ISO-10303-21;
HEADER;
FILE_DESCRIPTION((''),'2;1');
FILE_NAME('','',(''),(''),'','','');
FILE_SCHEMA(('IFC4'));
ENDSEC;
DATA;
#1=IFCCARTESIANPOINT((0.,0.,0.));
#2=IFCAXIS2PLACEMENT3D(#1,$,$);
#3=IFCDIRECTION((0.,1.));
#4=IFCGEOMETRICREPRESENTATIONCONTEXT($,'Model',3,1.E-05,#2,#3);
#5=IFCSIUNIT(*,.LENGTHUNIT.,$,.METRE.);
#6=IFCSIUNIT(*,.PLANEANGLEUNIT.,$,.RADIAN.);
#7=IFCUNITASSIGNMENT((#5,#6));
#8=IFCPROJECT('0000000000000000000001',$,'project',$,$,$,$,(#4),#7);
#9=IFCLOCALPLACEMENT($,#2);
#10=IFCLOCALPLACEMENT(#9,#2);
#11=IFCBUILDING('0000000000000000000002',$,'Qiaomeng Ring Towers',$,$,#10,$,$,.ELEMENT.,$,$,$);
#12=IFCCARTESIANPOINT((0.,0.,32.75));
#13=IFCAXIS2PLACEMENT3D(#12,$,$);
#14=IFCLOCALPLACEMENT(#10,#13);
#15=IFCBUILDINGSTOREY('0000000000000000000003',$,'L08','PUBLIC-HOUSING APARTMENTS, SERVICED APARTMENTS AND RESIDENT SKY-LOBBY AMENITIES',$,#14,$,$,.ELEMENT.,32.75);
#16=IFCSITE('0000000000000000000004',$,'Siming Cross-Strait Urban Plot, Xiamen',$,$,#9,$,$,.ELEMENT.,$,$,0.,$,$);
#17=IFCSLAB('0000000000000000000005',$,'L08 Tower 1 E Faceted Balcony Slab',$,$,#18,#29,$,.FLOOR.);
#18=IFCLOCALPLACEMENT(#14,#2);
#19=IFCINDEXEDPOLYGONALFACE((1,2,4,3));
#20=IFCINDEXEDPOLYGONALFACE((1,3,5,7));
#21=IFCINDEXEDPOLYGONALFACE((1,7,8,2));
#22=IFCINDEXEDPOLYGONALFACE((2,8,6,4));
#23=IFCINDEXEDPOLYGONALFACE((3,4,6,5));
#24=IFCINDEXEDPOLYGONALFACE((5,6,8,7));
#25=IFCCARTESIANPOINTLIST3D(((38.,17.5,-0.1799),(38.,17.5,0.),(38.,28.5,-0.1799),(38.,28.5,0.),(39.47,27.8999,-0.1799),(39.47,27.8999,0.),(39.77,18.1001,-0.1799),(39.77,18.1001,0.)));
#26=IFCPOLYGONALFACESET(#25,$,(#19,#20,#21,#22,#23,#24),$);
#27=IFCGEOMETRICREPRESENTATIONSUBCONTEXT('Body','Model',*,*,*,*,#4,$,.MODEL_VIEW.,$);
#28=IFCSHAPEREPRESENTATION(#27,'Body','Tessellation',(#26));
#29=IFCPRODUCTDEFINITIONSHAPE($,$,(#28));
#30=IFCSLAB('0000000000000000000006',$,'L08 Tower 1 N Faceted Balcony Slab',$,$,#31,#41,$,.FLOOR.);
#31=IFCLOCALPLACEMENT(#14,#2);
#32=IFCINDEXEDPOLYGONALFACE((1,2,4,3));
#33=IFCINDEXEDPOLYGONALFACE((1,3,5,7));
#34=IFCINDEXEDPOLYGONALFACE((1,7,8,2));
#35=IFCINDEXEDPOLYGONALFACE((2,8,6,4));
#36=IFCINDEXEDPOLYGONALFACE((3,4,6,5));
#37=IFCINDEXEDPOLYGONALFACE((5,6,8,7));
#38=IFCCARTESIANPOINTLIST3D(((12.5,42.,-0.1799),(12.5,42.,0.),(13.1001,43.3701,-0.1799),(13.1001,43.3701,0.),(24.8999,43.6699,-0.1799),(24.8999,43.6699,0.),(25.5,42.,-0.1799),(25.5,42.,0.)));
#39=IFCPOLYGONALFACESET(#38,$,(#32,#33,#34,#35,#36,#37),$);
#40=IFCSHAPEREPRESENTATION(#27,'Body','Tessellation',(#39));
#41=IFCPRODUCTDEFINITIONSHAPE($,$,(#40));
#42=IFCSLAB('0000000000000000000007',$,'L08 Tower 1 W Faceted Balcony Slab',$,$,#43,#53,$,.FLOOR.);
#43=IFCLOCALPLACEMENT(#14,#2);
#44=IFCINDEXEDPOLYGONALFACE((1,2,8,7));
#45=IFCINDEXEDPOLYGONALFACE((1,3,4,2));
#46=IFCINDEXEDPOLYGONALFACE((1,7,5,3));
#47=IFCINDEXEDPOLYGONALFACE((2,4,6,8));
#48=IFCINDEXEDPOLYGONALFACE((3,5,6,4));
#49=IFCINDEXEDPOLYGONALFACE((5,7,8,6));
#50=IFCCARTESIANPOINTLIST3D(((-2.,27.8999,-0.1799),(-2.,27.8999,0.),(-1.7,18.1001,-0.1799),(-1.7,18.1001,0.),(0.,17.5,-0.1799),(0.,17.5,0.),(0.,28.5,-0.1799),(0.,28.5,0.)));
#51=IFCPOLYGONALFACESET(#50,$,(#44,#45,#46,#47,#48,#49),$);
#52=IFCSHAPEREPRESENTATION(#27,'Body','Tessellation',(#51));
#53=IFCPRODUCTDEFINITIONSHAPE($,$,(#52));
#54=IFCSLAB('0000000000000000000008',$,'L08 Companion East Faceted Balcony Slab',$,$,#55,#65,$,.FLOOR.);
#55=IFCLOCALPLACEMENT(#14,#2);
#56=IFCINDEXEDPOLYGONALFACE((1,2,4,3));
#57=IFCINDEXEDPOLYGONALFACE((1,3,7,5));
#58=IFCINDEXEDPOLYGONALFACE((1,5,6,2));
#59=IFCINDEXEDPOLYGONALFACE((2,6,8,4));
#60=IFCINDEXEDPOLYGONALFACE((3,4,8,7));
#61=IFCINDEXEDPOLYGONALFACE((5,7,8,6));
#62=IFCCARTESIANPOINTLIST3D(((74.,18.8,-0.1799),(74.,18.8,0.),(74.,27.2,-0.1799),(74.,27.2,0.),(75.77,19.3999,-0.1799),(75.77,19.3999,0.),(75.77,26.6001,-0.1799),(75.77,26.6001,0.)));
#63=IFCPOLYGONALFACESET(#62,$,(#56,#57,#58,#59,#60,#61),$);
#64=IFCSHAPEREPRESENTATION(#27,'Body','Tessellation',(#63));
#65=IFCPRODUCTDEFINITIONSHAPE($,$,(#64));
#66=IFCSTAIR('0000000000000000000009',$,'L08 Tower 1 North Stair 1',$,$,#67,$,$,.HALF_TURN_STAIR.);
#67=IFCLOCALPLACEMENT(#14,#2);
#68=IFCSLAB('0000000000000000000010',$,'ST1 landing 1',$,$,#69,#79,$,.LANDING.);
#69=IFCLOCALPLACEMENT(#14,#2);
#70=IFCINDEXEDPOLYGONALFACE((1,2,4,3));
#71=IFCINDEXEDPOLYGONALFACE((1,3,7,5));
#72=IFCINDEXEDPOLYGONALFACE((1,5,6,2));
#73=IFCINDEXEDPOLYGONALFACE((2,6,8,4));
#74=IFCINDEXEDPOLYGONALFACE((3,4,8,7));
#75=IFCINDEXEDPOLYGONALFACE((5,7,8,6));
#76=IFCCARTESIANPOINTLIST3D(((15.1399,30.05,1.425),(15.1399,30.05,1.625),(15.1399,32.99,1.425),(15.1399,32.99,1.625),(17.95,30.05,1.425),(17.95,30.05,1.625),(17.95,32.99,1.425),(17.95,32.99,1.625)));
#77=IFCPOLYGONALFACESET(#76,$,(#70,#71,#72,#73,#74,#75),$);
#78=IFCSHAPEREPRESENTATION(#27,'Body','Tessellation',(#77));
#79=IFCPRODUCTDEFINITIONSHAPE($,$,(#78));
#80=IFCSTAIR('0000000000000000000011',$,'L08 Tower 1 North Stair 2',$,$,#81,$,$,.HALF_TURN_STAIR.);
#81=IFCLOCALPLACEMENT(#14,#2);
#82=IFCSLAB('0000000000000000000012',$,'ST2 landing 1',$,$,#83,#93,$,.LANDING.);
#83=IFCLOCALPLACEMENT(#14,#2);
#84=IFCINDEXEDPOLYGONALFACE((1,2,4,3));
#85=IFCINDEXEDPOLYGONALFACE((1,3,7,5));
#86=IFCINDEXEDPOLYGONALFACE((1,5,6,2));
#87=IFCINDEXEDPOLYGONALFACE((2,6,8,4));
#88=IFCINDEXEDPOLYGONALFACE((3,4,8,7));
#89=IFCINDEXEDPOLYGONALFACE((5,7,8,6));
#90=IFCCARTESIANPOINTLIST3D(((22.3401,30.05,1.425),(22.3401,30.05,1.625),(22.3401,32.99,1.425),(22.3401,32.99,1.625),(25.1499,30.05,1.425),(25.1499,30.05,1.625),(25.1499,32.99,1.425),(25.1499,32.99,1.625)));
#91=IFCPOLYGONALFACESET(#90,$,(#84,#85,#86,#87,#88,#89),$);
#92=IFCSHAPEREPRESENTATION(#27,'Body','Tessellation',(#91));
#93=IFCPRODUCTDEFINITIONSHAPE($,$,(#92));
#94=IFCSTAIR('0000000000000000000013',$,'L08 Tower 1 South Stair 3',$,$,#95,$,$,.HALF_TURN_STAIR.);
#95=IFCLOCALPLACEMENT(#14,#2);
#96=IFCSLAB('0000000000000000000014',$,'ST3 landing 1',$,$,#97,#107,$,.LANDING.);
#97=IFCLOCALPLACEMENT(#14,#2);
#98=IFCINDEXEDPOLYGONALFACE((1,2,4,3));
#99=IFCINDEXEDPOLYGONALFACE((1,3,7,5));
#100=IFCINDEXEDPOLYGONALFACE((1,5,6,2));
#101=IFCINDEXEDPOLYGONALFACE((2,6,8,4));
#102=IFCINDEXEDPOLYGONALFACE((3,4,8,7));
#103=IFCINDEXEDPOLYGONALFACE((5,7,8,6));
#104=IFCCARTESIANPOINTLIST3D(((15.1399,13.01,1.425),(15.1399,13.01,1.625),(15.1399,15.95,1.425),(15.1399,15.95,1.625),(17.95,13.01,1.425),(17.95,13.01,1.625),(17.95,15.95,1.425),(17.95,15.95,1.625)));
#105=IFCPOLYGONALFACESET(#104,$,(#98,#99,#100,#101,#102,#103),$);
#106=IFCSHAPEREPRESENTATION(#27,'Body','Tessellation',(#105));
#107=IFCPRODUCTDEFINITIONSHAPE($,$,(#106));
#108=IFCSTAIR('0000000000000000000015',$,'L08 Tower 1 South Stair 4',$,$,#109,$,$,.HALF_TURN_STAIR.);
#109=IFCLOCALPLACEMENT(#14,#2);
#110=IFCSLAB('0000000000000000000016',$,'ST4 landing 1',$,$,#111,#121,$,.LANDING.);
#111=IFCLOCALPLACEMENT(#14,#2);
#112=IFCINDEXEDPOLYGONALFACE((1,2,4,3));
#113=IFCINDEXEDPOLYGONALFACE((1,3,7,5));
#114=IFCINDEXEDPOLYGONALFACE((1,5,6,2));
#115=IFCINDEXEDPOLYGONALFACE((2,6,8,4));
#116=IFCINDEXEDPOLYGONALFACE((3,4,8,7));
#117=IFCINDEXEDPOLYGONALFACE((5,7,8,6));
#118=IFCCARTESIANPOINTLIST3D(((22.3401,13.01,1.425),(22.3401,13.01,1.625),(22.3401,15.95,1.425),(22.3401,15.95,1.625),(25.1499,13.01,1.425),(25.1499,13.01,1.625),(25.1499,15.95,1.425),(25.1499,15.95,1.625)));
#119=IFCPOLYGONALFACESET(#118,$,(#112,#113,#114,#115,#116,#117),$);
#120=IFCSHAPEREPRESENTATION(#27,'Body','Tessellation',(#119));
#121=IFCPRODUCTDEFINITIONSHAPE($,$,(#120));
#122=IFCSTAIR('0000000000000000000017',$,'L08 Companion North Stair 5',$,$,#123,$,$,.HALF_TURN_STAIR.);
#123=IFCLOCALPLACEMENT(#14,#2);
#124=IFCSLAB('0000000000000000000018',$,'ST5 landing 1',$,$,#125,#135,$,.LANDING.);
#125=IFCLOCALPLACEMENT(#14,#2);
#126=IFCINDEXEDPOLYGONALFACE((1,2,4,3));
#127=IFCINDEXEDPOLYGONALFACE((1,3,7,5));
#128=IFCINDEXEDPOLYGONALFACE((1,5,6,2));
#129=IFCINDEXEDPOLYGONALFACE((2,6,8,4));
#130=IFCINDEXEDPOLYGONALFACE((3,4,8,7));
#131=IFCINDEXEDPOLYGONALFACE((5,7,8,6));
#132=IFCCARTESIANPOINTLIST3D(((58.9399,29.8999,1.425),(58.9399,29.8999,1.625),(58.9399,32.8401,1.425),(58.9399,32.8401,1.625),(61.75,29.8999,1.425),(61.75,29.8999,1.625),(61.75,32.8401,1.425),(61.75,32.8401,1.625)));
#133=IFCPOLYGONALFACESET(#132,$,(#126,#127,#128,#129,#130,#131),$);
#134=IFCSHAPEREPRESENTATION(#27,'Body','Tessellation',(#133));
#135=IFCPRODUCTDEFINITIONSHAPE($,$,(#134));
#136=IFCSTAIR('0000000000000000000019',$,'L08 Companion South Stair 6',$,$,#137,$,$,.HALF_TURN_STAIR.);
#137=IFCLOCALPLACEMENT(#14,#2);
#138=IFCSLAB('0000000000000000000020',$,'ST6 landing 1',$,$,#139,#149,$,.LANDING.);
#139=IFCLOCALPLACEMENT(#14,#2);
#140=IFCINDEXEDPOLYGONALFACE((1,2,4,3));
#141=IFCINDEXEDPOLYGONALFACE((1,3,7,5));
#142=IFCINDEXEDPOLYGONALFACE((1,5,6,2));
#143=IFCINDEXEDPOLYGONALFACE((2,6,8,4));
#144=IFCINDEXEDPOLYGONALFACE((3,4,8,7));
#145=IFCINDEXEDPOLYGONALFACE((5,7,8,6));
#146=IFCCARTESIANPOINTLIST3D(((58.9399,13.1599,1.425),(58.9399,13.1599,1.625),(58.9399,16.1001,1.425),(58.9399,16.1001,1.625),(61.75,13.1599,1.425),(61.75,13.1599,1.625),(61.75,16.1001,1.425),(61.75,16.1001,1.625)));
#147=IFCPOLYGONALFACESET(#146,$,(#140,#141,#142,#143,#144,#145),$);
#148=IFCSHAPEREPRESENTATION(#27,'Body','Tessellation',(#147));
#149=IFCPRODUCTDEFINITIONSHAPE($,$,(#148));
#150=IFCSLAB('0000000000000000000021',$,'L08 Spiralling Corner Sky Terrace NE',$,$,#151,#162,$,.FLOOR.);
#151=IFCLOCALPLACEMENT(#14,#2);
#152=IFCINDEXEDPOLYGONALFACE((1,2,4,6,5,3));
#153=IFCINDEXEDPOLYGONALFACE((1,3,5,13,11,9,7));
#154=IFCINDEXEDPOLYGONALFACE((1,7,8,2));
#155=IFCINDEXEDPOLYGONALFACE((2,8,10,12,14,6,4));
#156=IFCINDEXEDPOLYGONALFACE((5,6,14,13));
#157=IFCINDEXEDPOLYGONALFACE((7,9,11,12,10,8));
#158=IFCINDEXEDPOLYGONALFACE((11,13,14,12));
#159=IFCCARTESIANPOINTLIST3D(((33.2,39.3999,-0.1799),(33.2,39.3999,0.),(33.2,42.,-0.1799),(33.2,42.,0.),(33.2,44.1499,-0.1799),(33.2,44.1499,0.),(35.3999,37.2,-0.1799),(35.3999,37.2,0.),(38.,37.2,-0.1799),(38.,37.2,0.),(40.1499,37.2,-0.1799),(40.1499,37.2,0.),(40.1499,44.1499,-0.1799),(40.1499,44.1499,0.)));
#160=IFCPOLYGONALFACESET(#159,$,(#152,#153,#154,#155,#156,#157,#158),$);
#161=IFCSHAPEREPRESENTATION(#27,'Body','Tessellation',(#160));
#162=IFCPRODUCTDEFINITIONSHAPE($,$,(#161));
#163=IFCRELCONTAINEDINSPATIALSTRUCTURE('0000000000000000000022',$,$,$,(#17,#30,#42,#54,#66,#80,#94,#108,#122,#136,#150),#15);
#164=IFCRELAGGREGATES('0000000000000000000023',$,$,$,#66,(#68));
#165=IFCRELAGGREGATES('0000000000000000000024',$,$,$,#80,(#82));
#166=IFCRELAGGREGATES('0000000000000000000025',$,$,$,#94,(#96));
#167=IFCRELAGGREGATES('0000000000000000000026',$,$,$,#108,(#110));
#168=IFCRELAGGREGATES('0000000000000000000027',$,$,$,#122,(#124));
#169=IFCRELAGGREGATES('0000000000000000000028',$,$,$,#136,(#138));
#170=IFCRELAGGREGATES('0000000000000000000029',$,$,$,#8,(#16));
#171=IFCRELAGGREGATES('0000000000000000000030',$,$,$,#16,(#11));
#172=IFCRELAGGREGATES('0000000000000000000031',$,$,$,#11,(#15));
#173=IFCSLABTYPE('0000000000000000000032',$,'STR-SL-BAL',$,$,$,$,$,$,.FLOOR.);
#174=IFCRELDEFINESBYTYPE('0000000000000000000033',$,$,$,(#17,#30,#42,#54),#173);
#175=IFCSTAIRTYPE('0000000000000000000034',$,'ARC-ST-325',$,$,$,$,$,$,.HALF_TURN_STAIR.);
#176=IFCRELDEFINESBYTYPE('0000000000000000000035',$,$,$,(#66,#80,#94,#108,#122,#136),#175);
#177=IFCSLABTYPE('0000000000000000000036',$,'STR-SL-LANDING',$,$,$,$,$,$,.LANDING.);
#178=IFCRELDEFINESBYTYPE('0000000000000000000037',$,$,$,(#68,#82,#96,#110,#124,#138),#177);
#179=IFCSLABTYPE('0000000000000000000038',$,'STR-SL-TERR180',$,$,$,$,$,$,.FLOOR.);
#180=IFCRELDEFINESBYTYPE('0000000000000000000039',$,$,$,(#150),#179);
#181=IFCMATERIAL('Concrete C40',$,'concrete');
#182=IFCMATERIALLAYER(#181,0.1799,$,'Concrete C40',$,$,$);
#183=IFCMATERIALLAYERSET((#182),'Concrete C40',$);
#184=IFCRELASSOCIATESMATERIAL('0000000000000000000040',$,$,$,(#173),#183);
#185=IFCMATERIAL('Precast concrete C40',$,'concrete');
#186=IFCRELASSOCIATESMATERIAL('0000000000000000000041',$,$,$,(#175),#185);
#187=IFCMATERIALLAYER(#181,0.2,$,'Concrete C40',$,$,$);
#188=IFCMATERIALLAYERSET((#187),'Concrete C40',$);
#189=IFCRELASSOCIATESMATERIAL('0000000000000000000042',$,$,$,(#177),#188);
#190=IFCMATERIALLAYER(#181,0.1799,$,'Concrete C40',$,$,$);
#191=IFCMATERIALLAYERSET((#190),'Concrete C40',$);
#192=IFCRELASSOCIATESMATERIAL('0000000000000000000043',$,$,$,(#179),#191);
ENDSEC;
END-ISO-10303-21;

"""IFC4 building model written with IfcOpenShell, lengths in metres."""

from ifc_helpers import new_model, si_unit, direction, frame, origin, place, context, subcontext, project, spatial, polyline, outline, extrude, material, layer, layer_set, type_object, element, aggregate, save


model = new_model("IFC4")

# Units and contexts
model_context = context("Model", 3, precision=1e-05, world=origin(), true_north=direction((0.0, 1.0)))
body_context = subcontext(model_context, "Body", "Model", "MODEL_VIEW")
ifc_project = project(units=[si_unit("LENGTHUNIT", "METRE"), si_unit("PLANEANGLEUNIT", "RADIAN")], contexts=[model_context])

# Site, building, storey
site_placement = place(None, origin())
site = spatial("IfcSite", under=ifc_project, at=site_placement, Name="Siming Cross-Strait Urban Plot, Xiamen", CompositionType="ELEMENT", RefElevation=0.0)
building_placement = place(site_placement, origin())
building = spatial("IfcBuilding", under=site, at=building_placement, Name="Qiaomeng Ring Towers", CompositionType="ELEMENT")
storey_placement = place(building_placement, frame((0.0, 0.0, 32.75)))
storey = spatial("IfcBuildingStorey", under=building, at=storey_placement, Name="L08", Description="PUBLIC-HOUSING APARTMENTS, SERVICED APARTMENTS AND RESIDENT SKY-LOBBY AMENITIES", CompositionType="ELEMENT", Elevation=32.75)

# Slabs
ifc_material_1 = material(Name="Concrete C40", Category="concrete")
ifc_layer_1 = layer(ifc_material_1, 0.1799, Name="Concrete C40")
ifc_layer_set_1 = layer_set([ifc_layer_1], Name="Concrete C40")
slab_type_1 = type_object("IfcSlabType", Name="STR-SL-BAL", PredefinedType="FLOOR", material=ifc_layer_set_1)
slab_1_placement = place(storey_placement, frame((0.0, 0.0, -0.1799)))
element("IfcSlab", 1, at=slab_1_placement, inside=storey, type_object=slab_type_1, Name="L08 Tower 1 E Faceted Balcony Slab", PredefinedType="FLOOR", context=body_context, shape_type="SweptSolid", body=[
    extrude(outline(polyline([(39.47, 27.8999), (39.77, 18.1001), (38.0, 17.5), (38.0, 28.5), (39.47, 27.8999)])), origin(), (0.0, 0.0, 1.0), 0.1799),
])
slab_2_placement = place(storey_placement, frame((0.0, 0.0, -0.1799)))
element("IfcSlab", 2, at=slab_2_placement, inside=storey, type_object=slab_type_1, Name="L08 Tower 1 N Faceted Balcony Slab", PredefinedType="FLOOR", context=body_context, shape_type="SweptSolid", body=[
    extrude(outline(polyline([(12.5, 42.0), (13.1001, 43.3701), (24.8999, 43.6699), (25.5, 42.0), (12.5, 42.0)])), origin(), (0.0, 0.0, 1.0), 0.1799),
])
slab_3_placement = place(storey_placement, frame((0.0, 0.0, -0.1799)))
element("IfcSlab", 3, at=slab_3_placement, inside=storey, type_object=slab_type_1, Name="L08 Tower 1 W Faceted Balcony Slab", PredefinedType="FLOOR", context=body_context, shape_type="SweptSolid", body=[
    extrude(outline(polyline([(0.0, 17.5), (-1.7, 18.1001), (-2.0, 27.8999), (0.0, 28.5), (0.0, 17.5)])), origin(), (0.0, 0.0, 1.0), 0.1799),
])
slab_4_placement = place(storey_placement, frame((0.0, 0.0, -0.1799)))
element("IfcSlab", 4, at=slab_4_placement, inside=storey, type_object=slab_type_1, Name="L08 Companion East Faceted Balcony Slab", PredefinedType="FLOOR", context=body_context, shape_type="SweptSolid", body=[
    extrude(outline(polyline([(75.77, 26.6001), (75.77, 19.3999), (74.0, 18.8), (74.0, 27.2), (75.77, 26.6001)])), origin(), (0.0, 0.0, 1.0), 0.1799),
])

# Stairs, slabs
ifc_material_2 = material(Name="Precast concrete C40", Category="concrete")
stair_type = type_object("IfcStairType", Name="ARC-ST-325", PredefinedType="HALF_TURN_STAIR", material=ifc_material_2)
stair_1_placement = place(storey_placement, origin())
stair_1 = element("IfcStair", 5, at=stair_1_placement, inside=storey, type_object=stair_type, Name="L08 Tower 1 North Stair 1", PredefinedType="HALF_TURN_STAIR")
ifc_layer_2 = layer(ifc_material_1, 0.2, Name="Concrete C40")
ifc_layer_set_2 = layer_set([ifc_layer_2], Name="Concrete C40")
slab_type_2 = type_object("IfcSlabType", Name="STR-SL-LANDING", PredefinedType="LANDING", material=ifc_layer_set_2)
slab_5_placement = place(storey_placement, frame((0.0, 0.0, 1.425)))
slab_5 = element("IfcSlab", 6, at=slab_5_placement, type_object=slab_type_2, Name="ST1 landing 1", PredefinedType="LANDING", context=body_context, shape_type="SweptSolid", body=[
    extrude(outline(polyline([(15.1399, 30.05), (17.95, 30.05), (17.95, 32.99), (15.1399, 32.99), (15.1399, 30.05)])), origin(), (0.0, 0.0, 1.0), 0.2),
])
aggregate(stair_1, [slab_5])
stair_2_placement = place(storey_placement, origin())
stair_2 = element("IfcStair", 7, at=stair_2_placement, inside=storey, type_object=stair_type, Name="L08 Tower 1 North Stair 2", PredefinedType="HALF_TURN_STAIR")
slab_6_placement = place(storey_placement, frame((0.0, 0.0, 1.425)))
slab_6 = element("IfcSlab", 8, at=slab_6_placement, type_object=slab_type_2, Name="ST2 landing 1", PredefinedType="LANDING", context=body_context, shape_type="SweptSolid", body=[
    extrude(outline(polyline([(22.3401, 30.05), (25.1499, 30.05), (25.1499, 32.99), (22.3401, 32.99), (22.3401, 30.05)])), origin(), (0.0, 0.0, 1.0), 0.2),
])
aggregate(stair_2, [slab_6])
stair_3_placement = place(storey_placement, origin())
stair_3 = element("IfcStair", 9, at=stair_3_placement, inside=storey, type_object=stair_type, Name="L08 Tower 1 South Stair 3", PredefinedType="HALF_TURN_STAIR")
slab_7_placement = place(storey_placement, frame((0.0, 0.0, 1.425)))
slab_7 = element("IfcSlab", 10, at=slab_7_placement, type_object=slab_type_2, Name="ST3 landing 1", PredefinedType="LANDING", context=body_context, shape_type="SweptSolid", body=[
    extrude(outline(polyline([(15.1399, 13.01), (17.95, 13.01), (17.95, 15.95), (15.1399, 15.95), (15.1399, 13.01)])), origin(), (0.0, 0.0, 1.0), 0.2),
])
aggregate(stair_3, [slab_7])
stair_4_placement = place(storey_placement, origin())
stair_4 = element("IfcStair", 11, at=stair_4_placement, inside=storey, type_object=stair_type, Name="L08 Tower 1 South Stair 4", PredefinedType="HALF_TURN_STAIR")
slab_8_placement = place(storey_placement, frame((0.0, 0.0, 1.425)))
slab_8 = element("IfcSlab", 12, at=slab_8_placement, type_object=slab_type_2, Name="ST4 landing 1", PredefinedType="LANDING", context=body_context, shape_type="SweptSolid", body=[
    extrude(outline(polyline([(22.3401, 13.01), (25.1499, 13.01), (25.1499, 15.95), (22.3401, 15.95), (22.3401, 13.01)])), origin(), (0.0, 0.0, 1.0), 0.2),
])
aggregate(stair_4, [slab_8])
stair_5_placement = place(storey_placement, origin())
stair_5 = element("IfcStair", 13, at=stair_5_placement, inside=storey, type_object=stair_type, Name="L08 Companion North Stair 5", PredefinedType="HALF_TURN_STAIR")
slab_9_placement = place(storey_placement, frame((0.0, 0.0, 1.425)))
slab_9 = element("IfcSlab", 14, at=slab_9_placement, type_object=slab_type_2, Name="ST5 landing 1", PredefinedType="LANDING", context=body_context, shape_type="SweptSolid", body=[
    extrude(outline(polyline([(58.9399, 29.8999), (61.75, 29.8999), (61.75, 32.8401), (58.9399, 32.8401), (58.9399, 29.8999)])), origin(), (0.0, 0.0, 1.0), 0.2),
])
aggregate(stair_5, [slab_9])
stair_6_placement = place(storey_placement, origin())
stair_6 = element("IfcStair", 15, at=stair_6_placement, inside=storey, type_object=stair_type, Name="L08 Companion South Stair 6", PredefinedType="HALF_TURN_STAIR")
slab_10_placement = place(storey_placement, frame((0.0, 0.0, 1.425)))
slab_10 = element("IfcSlab", 16, at=slab_10_placement, type_object=slab_type_2, Name="ST6 landing 1", PredefinedType="LANDING", context=body_context, shape_type="SweptSolid", body=[
    extrude(outline(polyline([(58.9399, 13.1599), (61.75, 13.1599), (61.75, 16.1001), (58.9399, 16.1001), (58.9399, 13.1599)])), origin(), (0.0, 0.0, 1.0), 0.2),
])
aggregate(stair_6, [slab_10])

# Slab
ifc_layer_3 = layer(ifc_material_1, 0.1799, Name="Concrete C40")
ifc_layer_set_3 = layer_set([ifc_layer_3], Name="Concrete C40")
slab_type_3 = type_object("IfcSlabType", Name="STR-SL-TERR180", PredefinedType="FLOOR", material=ifc_layer_set_3)
slab_11_placement = place(storey_placement, frame((0.0, 0.0, -0.1799)))
element("IfcSlab", 17, at=slab_11_placement, inside=storey, type_object=slab_type_3, Name="L08 Spiralling Corner Sky Terrace NE", PredefinedType="FLOOR", context=body_context, shape_type="SweptSolid", body=[
    extrude(outline(polyline([(33.2, 44.1499), (40.1499, 44.1499), (40.1499, 37.2), (38.0, 37.2), (35.3999, 37.2), (33.2, 39.3999), (33.2, 42.0), (33.2, 44.1499)])), origin(), (0.0, 0.0, 1.0), 0.1799),
])

save(model, "model.ifc")
